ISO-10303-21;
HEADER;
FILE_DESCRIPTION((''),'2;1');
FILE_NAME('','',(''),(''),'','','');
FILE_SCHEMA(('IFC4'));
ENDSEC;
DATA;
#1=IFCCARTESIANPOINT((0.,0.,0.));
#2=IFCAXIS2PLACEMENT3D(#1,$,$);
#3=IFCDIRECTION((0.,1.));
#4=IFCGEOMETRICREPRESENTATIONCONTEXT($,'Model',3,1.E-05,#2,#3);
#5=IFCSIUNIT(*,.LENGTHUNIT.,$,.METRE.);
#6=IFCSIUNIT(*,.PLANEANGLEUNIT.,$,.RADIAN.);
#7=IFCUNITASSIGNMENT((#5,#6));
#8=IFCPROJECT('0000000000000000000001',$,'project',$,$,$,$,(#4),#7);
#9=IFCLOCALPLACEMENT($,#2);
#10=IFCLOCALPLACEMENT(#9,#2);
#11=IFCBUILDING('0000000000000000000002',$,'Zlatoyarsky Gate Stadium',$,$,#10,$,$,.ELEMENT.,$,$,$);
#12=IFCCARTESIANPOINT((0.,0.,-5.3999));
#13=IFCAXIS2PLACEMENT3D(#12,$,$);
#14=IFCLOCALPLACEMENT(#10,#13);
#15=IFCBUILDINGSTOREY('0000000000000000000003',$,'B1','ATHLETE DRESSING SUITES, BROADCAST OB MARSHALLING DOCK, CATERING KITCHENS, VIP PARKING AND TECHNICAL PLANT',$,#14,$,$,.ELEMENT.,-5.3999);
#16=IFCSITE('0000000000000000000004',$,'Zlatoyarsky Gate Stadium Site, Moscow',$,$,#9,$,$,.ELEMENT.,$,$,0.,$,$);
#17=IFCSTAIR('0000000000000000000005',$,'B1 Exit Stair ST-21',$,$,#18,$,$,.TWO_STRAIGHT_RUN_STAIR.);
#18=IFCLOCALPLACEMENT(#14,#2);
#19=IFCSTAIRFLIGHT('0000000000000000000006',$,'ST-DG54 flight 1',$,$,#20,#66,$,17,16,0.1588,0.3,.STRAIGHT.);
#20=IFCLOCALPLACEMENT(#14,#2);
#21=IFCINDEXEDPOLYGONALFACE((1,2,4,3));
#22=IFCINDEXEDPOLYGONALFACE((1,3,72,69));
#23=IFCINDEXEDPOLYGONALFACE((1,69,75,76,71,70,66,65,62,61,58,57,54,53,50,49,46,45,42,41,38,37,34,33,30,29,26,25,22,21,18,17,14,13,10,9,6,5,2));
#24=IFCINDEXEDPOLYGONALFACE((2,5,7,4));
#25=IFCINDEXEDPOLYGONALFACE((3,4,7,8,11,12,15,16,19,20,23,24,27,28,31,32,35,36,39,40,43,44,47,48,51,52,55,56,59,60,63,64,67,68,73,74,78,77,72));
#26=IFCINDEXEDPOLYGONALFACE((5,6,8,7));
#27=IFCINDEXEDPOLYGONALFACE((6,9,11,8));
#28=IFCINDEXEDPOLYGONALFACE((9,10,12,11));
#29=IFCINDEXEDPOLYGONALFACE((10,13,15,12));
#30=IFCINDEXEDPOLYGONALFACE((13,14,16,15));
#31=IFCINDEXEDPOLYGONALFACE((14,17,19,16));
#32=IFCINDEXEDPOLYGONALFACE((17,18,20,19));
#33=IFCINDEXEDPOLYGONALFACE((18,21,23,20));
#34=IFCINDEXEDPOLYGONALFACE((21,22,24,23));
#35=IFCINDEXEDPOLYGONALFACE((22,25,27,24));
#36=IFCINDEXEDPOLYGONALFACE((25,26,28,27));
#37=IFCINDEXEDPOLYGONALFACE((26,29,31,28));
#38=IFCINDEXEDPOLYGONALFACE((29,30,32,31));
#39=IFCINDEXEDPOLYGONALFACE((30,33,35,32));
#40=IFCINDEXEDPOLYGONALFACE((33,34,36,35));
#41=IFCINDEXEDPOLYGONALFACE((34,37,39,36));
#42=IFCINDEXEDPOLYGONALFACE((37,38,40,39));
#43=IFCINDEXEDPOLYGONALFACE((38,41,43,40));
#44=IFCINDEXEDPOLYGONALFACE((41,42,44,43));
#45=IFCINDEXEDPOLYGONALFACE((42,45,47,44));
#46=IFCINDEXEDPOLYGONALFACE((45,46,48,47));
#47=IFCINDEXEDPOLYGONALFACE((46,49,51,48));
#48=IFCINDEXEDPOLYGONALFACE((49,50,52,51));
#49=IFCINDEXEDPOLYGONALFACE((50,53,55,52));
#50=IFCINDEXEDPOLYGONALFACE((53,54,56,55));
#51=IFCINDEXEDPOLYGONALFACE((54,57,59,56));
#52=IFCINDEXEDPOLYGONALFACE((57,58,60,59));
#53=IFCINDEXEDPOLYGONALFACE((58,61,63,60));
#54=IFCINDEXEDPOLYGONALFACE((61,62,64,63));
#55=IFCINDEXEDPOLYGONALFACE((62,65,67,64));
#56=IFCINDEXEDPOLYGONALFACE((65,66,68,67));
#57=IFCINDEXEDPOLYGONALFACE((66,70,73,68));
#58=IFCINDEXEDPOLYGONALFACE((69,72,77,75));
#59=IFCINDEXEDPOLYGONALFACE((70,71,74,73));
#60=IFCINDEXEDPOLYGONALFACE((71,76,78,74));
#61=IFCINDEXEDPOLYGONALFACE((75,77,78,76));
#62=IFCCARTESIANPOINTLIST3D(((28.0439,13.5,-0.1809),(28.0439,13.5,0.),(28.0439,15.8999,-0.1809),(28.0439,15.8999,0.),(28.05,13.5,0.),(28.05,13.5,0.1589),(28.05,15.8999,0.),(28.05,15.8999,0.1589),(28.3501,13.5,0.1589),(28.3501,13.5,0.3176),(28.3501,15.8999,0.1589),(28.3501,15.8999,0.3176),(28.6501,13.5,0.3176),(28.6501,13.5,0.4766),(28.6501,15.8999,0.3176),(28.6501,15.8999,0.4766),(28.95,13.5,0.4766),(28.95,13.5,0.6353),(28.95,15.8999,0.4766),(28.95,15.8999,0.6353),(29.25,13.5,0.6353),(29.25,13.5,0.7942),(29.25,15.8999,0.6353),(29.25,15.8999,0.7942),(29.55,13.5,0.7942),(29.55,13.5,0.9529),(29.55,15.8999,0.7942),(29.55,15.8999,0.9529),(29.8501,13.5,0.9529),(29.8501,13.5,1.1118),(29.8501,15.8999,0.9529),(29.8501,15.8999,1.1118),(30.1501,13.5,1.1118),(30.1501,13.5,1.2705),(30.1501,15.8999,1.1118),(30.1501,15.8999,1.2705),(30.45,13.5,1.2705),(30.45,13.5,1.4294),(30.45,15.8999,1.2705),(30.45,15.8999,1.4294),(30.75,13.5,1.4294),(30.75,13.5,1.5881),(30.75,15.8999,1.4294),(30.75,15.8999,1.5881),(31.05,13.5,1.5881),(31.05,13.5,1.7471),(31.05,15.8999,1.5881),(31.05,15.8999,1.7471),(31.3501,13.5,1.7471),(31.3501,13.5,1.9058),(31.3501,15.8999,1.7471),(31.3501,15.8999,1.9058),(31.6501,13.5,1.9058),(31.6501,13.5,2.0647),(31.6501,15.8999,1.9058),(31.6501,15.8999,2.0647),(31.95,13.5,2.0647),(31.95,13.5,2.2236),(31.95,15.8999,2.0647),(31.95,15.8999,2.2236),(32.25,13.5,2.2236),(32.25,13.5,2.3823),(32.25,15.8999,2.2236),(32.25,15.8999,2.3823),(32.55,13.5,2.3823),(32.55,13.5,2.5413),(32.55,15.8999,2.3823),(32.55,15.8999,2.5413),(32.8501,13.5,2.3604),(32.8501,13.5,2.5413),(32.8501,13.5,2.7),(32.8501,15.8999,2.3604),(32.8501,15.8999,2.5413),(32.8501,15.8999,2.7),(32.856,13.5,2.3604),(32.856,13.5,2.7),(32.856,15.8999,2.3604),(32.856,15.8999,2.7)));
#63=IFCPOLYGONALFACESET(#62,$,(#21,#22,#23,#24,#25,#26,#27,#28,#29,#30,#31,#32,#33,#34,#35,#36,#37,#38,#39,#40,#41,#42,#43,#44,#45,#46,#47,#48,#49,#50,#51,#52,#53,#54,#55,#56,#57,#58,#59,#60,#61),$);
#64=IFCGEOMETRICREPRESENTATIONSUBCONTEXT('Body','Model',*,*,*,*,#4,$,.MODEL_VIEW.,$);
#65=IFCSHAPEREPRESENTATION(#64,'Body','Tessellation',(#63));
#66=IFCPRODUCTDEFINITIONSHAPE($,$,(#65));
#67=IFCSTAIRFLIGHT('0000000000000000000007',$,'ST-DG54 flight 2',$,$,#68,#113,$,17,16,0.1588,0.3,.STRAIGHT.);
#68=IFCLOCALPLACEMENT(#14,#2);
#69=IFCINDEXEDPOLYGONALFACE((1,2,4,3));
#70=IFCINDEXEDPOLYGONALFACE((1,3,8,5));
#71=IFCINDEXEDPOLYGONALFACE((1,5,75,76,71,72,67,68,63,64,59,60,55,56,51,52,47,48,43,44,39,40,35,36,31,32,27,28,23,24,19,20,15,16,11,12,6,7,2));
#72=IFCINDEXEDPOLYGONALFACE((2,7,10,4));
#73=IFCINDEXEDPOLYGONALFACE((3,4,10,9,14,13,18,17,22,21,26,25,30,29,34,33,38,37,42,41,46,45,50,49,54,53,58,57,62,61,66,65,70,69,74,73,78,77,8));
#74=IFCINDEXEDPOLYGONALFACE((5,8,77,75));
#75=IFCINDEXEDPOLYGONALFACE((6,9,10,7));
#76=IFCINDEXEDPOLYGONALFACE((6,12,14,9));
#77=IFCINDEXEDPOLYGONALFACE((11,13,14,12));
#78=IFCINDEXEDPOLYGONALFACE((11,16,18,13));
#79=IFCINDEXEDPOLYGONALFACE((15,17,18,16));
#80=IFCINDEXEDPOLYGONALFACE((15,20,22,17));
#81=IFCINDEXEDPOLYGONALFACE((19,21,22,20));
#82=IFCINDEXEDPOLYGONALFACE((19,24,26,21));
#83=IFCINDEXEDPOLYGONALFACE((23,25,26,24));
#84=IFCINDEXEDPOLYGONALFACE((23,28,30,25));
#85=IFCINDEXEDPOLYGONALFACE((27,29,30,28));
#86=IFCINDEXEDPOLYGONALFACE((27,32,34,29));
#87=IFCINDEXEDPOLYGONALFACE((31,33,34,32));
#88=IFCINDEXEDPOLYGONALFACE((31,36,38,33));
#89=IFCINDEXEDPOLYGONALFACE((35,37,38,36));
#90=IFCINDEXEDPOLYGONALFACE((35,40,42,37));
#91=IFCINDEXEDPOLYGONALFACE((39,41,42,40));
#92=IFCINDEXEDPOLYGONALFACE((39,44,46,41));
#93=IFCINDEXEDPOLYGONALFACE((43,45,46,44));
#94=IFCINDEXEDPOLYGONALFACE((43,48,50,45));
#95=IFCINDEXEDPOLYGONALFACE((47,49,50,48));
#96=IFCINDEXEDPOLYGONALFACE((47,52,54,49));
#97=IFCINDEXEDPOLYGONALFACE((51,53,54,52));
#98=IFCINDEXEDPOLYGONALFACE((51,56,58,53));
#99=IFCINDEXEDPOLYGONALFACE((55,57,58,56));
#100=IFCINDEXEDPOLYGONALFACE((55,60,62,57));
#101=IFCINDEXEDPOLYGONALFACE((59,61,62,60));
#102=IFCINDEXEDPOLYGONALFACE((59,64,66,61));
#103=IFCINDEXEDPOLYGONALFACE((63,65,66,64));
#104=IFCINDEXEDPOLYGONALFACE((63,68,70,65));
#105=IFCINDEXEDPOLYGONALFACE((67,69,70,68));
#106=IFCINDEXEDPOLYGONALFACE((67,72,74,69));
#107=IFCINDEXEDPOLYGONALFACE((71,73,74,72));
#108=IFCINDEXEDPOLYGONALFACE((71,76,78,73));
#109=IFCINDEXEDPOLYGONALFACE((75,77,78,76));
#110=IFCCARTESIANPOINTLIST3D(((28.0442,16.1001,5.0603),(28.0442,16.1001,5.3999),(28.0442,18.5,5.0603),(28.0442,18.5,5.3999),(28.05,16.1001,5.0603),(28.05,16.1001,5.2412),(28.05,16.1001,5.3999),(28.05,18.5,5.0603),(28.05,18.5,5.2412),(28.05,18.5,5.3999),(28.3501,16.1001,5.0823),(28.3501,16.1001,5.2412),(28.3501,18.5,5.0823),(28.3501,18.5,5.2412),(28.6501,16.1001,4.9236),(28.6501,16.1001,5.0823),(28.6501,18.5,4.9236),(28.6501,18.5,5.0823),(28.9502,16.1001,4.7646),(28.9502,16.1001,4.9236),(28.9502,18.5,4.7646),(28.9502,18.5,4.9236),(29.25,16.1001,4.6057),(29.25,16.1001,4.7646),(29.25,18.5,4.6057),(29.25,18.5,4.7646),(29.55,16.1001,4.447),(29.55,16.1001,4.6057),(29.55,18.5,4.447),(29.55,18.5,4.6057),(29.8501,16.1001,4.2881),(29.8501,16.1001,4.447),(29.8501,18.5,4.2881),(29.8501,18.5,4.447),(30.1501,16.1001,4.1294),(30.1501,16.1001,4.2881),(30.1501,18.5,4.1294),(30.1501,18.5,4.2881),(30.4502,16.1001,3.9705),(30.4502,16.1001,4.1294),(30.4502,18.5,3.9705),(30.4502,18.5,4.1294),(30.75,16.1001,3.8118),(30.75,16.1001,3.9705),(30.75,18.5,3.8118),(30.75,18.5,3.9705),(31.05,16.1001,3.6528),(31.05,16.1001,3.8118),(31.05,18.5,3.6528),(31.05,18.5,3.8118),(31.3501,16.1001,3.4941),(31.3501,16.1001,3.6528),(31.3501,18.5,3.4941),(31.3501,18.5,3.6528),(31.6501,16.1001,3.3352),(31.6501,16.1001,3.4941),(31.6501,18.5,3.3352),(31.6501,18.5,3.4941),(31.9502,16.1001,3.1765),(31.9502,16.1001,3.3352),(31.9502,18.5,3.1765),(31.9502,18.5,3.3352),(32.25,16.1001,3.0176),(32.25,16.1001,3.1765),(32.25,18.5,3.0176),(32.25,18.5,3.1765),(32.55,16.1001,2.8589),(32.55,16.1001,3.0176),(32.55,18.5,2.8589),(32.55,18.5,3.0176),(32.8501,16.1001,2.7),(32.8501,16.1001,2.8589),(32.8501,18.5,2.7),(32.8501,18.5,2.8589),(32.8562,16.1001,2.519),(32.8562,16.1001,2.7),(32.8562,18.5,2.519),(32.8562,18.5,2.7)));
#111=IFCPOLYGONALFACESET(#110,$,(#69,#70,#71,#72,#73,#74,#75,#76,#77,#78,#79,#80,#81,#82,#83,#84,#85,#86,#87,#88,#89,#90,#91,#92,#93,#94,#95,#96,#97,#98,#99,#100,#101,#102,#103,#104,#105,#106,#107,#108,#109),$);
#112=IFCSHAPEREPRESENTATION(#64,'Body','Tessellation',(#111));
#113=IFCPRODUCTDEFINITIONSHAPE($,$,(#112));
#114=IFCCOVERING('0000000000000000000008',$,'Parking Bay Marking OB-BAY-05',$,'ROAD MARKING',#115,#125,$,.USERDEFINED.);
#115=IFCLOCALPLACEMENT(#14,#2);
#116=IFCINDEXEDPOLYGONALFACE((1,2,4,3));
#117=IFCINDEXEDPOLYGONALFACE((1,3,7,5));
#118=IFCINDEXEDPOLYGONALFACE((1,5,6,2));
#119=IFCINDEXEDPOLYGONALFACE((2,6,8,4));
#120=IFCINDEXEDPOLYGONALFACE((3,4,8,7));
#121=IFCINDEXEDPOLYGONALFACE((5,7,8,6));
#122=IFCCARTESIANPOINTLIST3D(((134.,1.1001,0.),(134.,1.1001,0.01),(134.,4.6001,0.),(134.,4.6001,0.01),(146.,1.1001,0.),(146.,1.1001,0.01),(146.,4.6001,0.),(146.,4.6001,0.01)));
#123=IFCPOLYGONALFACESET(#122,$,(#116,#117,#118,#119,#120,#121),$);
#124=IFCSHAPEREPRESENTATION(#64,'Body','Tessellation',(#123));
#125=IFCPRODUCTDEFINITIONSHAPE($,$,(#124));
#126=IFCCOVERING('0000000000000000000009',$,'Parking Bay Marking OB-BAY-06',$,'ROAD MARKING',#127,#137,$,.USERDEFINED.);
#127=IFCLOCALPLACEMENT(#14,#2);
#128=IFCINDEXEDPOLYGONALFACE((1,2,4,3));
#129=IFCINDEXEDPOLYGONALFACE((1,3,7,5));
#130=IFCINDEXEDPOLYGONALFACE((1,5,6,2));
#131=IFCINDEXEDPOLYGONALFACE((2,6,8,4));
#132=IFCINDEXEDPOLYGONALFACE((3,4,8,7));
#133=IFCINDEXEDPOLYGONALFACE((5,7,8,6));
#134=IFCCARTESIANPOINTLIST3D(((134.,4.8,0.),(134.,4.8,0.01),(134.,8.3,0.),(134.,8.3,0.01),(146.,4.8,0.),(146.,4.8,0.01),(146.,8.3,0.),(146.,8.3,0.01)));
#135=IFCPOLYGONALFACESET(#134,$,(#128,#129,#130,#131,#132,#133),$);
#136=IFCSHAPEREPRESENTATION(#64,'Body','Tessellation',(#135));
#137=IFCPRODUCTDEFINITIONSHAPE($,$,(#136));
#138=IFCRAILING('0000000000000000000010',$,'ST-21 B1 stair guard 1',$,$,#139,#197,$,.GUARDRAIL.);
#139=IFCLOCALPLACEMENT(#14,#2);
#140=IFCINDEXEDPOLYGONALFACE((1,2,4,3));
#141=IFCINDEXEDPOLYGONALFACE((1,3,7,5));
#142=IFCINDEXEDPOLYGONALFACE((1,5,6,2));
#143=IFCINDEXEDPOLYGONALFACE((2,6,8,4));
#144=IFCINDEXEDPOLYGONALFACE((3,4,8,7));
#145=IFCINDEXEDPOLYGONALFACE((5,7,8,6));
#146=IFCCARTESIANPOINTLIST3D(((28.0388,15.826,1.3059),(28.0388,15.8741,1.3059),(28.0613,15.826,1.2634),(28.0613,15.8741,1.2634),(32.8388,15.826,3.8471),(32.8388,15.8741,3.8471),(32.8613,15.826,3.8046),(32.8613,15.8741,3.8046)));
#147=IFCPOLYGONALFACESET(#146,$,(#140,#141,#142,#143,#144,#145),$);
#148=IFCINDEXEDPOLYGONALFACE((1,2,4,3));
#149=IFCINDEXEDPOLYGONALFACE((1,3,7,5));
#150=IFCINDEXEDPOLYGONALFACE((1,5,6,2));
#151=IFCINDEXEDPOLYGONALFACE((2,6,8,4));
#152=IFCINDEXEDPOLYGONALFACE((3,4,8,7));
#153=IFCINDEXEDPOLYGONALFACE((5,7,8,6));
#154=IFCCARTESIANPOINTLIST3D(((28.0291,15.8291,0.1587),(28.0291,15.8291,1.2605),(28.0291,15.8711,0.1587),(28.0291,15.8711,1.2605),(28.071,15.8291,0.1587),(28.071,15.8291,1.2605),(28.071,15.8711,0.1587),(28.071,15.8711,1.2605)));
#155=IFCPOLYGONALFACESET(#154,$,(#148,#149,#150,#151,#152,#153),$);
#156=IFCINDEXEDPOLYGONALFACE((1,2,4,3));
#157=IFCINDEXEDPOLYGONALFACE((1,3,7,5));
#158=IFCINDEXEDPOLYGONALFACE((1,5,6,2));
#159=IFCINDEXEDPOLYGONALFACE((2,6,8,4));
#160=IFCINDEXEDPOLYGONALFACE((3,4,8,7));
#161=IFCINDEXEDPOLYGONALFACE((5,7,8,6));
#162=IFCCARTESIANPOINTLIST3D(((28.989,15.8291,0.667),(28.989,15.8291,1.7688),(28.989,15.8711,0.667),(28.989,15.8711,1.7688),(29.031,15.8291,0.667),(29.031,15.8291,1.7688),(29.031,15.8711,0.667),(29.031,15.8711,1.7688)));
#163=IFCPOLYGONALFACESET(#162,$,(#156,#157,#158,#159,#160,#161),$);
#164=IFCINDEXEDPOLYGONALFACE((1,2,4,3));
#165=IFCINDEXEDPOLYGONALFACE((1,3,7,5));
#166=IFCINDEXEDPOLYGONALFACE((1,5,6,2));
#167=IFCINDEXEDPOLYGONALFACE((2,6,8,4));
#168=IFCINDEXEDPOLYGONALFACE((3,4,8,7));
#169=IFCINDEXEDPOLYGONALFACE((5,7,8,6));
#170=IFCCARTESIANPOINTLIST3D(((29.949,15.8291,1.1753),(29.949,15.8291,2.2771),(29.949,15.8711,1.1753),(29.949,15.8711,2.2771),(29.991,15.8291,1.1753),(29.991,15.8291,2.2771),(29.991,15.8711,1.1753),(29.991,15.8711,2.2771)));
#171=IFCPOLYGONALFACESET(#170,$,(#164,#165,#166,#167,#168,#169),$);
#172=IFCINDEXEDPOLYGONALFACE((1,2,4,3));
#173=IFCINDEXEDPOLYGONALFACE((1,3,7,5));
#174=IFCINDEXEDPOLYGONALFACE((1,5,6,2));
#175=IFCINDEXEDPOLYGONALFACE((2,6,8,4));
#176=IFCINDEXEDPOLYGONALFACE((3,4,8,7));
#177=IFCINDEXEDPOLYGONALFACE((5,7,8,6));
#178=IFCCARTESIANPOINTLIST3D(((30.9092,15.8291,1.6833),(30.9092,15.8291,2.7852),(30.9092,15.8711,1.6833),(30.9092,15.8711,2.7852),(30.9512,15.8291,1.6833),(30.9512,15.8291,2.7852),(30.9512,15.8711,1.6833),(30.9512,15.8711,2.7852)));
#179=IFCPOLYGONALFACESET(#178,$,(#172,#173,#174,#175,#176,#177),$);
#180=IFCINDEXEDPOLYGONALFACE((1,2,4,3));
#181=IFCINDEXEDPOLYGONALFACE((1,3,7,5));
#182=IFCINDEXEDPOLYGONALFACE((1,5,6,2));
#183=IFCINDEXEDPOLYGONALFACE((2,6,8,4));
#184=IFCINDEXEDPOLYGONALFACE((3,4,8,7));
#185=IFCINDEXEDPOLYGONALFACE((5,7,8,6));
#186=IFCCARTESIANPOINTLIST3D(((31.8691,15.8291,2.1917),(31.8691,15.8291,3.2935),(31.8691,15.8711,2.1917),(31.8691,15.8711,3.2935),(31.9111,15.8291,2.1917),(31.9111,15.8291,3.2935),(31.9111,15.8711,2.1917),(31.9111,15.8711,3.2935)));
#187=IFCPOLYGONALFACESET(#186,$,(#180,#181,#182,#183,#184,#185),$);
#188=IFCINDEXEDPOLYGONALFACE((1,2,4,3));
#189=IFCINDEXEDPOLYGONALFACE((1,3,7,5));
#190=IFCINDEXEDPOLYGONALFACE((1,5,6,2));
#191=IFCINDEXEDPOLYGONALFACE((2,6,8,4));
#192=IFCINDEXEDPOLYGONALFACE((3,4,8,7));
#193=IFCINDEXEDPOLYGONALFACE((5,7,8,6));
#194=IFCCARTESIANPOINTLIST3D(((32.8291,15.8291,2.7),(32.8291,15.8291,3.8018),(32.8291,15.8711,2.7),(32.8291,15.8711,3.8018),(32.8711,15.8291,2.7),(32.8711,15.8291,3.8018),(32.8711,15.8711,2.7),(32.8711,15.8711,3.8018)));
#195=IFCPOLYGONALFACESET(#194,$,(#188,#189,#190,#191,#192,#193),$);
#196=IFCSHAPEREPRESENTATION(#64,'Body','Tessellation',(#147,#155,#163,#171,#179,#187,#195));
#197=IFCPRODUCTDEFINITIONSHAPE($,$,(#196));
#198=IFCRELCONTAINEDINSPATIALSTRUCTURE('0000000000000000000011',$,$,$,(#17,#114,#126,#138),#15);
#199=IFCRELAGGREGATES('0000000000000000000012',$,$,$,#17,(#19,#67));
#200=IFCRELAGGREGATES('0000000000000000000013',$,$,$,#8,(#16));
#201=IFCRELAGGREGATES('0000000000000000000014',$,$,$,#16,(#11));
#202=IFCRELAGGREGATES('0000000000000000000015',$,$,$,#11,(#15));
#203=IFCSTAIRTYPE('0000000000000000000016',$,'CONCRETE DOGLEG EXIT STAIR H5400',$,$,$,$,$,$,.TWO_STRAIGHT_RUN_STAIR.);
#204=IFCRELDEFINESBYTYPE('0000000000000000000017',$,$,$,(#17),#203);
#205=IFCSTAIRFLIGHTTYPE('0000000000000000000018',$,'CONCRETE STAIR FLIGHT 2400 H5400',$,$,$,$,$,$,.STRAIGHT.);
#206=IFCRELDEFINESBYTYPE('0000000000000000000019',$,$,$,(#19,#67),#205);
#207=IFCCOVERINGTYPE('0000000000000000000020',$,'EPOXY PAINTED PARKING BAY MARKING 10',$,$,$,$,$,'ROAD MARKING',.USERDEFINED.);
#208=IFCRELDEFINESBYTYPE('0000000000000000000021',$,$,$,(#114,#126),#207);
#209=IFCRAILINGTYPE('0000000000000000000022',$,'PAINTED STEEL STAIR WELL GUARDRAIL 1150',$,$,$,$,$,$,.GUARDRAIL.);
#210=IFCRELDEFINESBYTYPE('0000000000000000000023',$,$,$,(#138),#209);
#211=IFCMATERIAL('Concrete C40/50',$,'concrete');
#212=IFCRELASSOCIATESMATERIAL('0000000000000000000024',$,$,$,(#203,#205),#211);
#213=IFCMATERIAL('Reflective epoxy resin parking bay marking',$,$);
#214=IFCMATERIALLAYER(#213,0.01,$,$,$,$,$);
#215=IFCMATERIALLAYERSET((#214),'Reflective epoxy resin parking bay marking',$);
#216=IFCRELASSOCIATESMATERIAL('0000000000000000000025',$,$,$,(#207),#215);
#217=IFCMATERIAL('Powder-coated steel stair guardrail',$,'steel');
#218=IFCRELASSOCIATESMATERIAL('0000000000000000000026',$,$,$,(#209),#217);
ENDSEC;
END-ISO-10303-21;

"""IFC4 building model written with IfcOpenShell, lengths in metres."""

from ifc_helpers import new_model, si_unit, direction, frame, origin, origin_2d, place, context, subcontext, project, spatial, polyline, rectangle, outline, extrude, material, layer, layer_set, type_object, element, aggregate, save


model = new_model("IFC4")

# Units and contexts
model_context = context("Model", 3, precision=1e-05, world=origin(), true_north=direction((0.0, 1.0)))
body_context = subcontext(model_context, "Body", "Model", "MODEL_VIEW")
ifc_project = project(units=[si_unit("LENGTHUNIT", "METRE"), si_unit("PLANEANGLEUNIT", "RADIAN")], contexts=[model_context])

# Site, building, storey
site_placement = place(None, origin())
site = spatial("IfcSite", under=ifc_project, at=site_placement, Name="Zlatoyarsky Gate Stadium Site, Moscow", CompositionType="ELEMENT", RefElevation=0.0)
building_placement = place(site_placement, origin())
building = spatial("IfcBuilding", under=site, at=building_placement, Name="Zlatoyarsky Gate Stadium", CompositionType="ELEMENT")
storey_placement = place(building_placement, frame((0.0, 0.0, -5.3999)))
storey = spatial("IfcBuildingStorey", under=building, at=storey_placement, Name="B1", Description="ATHLETE DRESSING SUITES, BROADCAST OB MARSHALLING DOCK, CATERING KITCHENS, VIP PARKING AND TECHNICAL PLANT", CompositionType="ELEMENT", Elevation=-5.3999)

# Shared definitions
ifc_material_1 = material(Name="Concrete C40/50", Category="concrete")

# Stair, stair flights
stair_type = type_object("IfcStairType", Name="CONCRETE DOGLEG EXIT STAIR H5400", PredefinedType="TWO_STRAIGHT_RUN_STAIR", material=ifc_material_1)
stair_placement = place(storey_placement, origin())
stair = element("IfcStair", 1, at=stair_placement, inside=storey, type_object=stair_type, Name="B1 Exit Stair ST-21", PredefinedType="TWO_STRAIGHT_RUN_STAIR")
stair_flight_type = type_object("IfcStairFlightType", Name="CONCRETE STAIR FLIGHT 2400 H5400", PredefinedType="STRAIGHT", material=ifc_material_1)
stair_flight_1_placement = place(storey_placement, frame((28.05, 14.7, 0.0), z_axis=(0.0, 0.0, 1.0), x_axis=(1.0, 0.0, 0.0)))
stair_flight_1 = element("IfcStairFlight", 2, at=stair_flight_1_placement, type_object=stair_flight_type, Name="ST-DG54 flight 1", NumberOfRisers=17, NumberOfTreads=16, PredefinedType="STRAIGHT", RiserHeight=0.1588, TreadLength=0.3, context=body_context, shape_type="SweptSolid", body=[
    extrude(outline(polyline([(-0.0061, -0.1809), (-0.0061, 0.0), (0.0, 0.0), (0.0, 0.1589), (0.3, 0.1589), (0.3, 0.3176), (0.6001, 0.3176), (0.6001, 0.4766), (0.8999, 0.4766), (0.8999, 0.6353), (1.2, 0.6353), (1.2, 0.7942), (1.5, 0.7942), (1.5, 0.9529), (1.8, 0.9529), (1.8, 1.1118), (2.1001, 1.1118), (2.1001, 1.2705), (2.3999, 1.2705), (2.3999, 1.4294), (2.7, 1.4294), (2.7, 1.5881), (3.0, 1.5881), (3.0, 1.7471), (3.3, 1.7471), (3.3, 1.9058), (3.6001, 1.9058), (3.6001, 2.0647), (3.8999, 2.0647), (3.8999, 2.2236), (4.2, 2.2236), (4.2, 2.3823), (4.5, 2.3823), (4.5, 2.5413), (4.8, 2.5413), (4.8, 2.7), (4.8059, 2.7), (4.8059, 2.3604), (4.8, 2.3604), (-0.0061, -0.1809)])), frame((0.0, 1.2, 0.0), z_axis=(0.0, -1.0, 0.0), x_axis=(1.0, 0.0, 0.0)), (0.0, 0.0, 1.0), 2.3999),
])
stair_flight_2_placement = place(storey_placement, frame((32.8501, 17.3, 2.7), z_axis=(0.0, 0.0, 1.0), x_axis=(-1.0, 0.0, 0.0)))
stair_flight_2 = element("IfcStairFlight", 3, at=stair_flight_2_placement, type_object=stair_flight_type, Name="ST-DG54 flight 2", NumberOfRisers=17, NumberOfTreads=16, PredefinedType="STRAIGHT", RiserHeight=0.1588, TreadLength=0.3, context=body_context, shape_type="SweptSolid", body=[
    extrude(outline(polyline([(-0.0061, -0.1809), (-0.0061, 0.0), (0.0, 0.0), (0.0, 0.1589), (0.3, 0.1589), (0.3, 0.3176), (0.6001, 0.3176), (0.6001, 0.4766), (0.8999, 0.4766), (0.8999, 0.6353), (1.2, 0.6353), (1.2, 0.7942), (1.5, 0.7942), (1.5, 0.9529), (1.8, 0.9529), (1.8, 1.1118), (2.1001, 1.1118), (2.1001, 1.2705), (2.3999, 1.2705), (2.3999, 1.4294), (2.7, 1.4294), (2.7, 1.5881), (3.0, 1.5881), (3.0, 1.7471), (3.3, 1.7471), (3.3, 1.9058), (3.6001, 1.9058), (3.6001, 2.0647), (3.8999, 2.0647), (3.8999, 2.2236), (4.2, 2.2236), (4.2, 2.3823), (4.5, 2.3823), (4.5, 2.5413), (4.8, 2.5413), (4.8, 2.7), (4.8059, 2.7), (4.8059, 2.3604), (4.8, 2.3604), (-0.0061, -0.1809)])), frame((0.0, 1.2, 0.0), z_axis=(0.0, -1.0, 0.0), x_axis=(1.0, 0.0, 0.0)), (0.0, 0.0, 1.0), 2.3999),
])
aggregate(stair, [stair_flight_1, stair_flight_2])

# Coverings
ifc_material_2 = material(Name="Reflective epoxy resin parking bay marking")
ifc_layer_1 = layer(ifc_material_2, 0.01)
ifc_layer_set_1 = layer_set([ifc_layer_1], Name="Reflective epoxy resin parking bay marking")
covering_type = type_object("IfcCoveringType", Name="EPOXY PAINTED PARKING BAY MARKING 10", ElementType="ROAD MARKING", PredefinedType="USERDEFINED", material=ifc_layer_set_1)
covering_1_placement = place(storey_placement, origin())
element("IfcCovering", 4, at=covering_1_placement, inside=storey, type_object=covering_type, Name="Parking Bay Marking OB-BAY-05", ObjectType="ROAD MARKING", PredefinedType="USERDEFINED", context=body_context, shape_type="SweptSolid", body=[
    extrude(outline(polyline([(134.0, 1.1001), (146.0, 1.1001), (146.0, 4.6001), (134.0, 4.6001), (134.0, 1.1001)])), origin(), (0.0, 0.0, 1.0), 0.01),
])
covering_2_placement = place(storey_placement, origin())
element("IfcCovering", 5, at=covering_2_placement, inside=storey, type_object=covering_type, Name="Parking Bay Marking OB-BAY-06", ObjectType="ROAD MARKING", PredefinedType="USERDEFINED", context=body_context, shape_type="SweptSolid", body=[
    extrude(outline(polyline([(134.0, 4.8), (146.0, 4.8), (146.0, 8.3), (134.0, 8.3), (134.0, 4.8)])), origin(), (0.0, 0.0, 1.0), 0.01),
])

# Railing
ifc_material_3 = material(Name="Powder-coated steel stair guardrail", Category="steel")
railing_type_1 = type_object("IfcRailingType", Name="PAINTED STEEL STAIR WELL GUARDRAIL 1150", PredefinedType="GUARDRAIL", material=ifc_material_3)
railing_1_placement = place(storey_placement, frame((28.05, 15.8501, 0.1587)))
element("IfcRailing", 6, at=railing_1_placement, inside=storey, type_object=railing_type_1, Name="ST-21 B1 stair guard 1", PredefinedType="GUARDRAIL", context=body_context, shape_type="SweptSolid", body=[
    extrude(rectangle(XDim=0.0481, YDim=0.0481, at=origin_2d()), frame((0.0, 0.0, 1.126), z_axis=(0.883784, 0.0, 0.467896), x_axis=(0.0, 1.0, 0.0)), (0.0, 0.0, 1.0), 5.4312),
    extrude(rectangle(XDim=0.042, YDim=0.042, at=origin_2d()), origin(), (0.0, 0.0, 1.0), 1.1018),
    extrude(rectangle(XDim=0.042, YDim=0.042, at=origin_2d()), frame((0.96, 0.0, 0.5083)), (0.0, 0.0, 1.0), 1.1018),
    extrude(rectangle(XDim=0.042, YDim=0.042, at=origin_2d()), frame((1.9199, 0.0, 1.0166)), (0.0, 0.0, 1.0), 1.1018),
    extrude(rectangle(XDim=0.042, YDim=0.042, at=origin_2d()), frame((2.8801, 0.0, 1.5247)), (0.0, 0.0, 1.0), 1.1018),
    extrude(rectangle(XDim=0.042, YDim=0.042, at=origin_2d()), frame((3.8401, 0.0, 2.033)), (0.0, 0.0, 1.0), 1.1018),
    extrude(rectangle(XDim=0.042, YDim=0.042, at=origin_2d()), frame((4.8, 0.0, 2.5413)), (0.0, 0.0, 1.0), 1.1018),
])

save(model, "model.ifc")
